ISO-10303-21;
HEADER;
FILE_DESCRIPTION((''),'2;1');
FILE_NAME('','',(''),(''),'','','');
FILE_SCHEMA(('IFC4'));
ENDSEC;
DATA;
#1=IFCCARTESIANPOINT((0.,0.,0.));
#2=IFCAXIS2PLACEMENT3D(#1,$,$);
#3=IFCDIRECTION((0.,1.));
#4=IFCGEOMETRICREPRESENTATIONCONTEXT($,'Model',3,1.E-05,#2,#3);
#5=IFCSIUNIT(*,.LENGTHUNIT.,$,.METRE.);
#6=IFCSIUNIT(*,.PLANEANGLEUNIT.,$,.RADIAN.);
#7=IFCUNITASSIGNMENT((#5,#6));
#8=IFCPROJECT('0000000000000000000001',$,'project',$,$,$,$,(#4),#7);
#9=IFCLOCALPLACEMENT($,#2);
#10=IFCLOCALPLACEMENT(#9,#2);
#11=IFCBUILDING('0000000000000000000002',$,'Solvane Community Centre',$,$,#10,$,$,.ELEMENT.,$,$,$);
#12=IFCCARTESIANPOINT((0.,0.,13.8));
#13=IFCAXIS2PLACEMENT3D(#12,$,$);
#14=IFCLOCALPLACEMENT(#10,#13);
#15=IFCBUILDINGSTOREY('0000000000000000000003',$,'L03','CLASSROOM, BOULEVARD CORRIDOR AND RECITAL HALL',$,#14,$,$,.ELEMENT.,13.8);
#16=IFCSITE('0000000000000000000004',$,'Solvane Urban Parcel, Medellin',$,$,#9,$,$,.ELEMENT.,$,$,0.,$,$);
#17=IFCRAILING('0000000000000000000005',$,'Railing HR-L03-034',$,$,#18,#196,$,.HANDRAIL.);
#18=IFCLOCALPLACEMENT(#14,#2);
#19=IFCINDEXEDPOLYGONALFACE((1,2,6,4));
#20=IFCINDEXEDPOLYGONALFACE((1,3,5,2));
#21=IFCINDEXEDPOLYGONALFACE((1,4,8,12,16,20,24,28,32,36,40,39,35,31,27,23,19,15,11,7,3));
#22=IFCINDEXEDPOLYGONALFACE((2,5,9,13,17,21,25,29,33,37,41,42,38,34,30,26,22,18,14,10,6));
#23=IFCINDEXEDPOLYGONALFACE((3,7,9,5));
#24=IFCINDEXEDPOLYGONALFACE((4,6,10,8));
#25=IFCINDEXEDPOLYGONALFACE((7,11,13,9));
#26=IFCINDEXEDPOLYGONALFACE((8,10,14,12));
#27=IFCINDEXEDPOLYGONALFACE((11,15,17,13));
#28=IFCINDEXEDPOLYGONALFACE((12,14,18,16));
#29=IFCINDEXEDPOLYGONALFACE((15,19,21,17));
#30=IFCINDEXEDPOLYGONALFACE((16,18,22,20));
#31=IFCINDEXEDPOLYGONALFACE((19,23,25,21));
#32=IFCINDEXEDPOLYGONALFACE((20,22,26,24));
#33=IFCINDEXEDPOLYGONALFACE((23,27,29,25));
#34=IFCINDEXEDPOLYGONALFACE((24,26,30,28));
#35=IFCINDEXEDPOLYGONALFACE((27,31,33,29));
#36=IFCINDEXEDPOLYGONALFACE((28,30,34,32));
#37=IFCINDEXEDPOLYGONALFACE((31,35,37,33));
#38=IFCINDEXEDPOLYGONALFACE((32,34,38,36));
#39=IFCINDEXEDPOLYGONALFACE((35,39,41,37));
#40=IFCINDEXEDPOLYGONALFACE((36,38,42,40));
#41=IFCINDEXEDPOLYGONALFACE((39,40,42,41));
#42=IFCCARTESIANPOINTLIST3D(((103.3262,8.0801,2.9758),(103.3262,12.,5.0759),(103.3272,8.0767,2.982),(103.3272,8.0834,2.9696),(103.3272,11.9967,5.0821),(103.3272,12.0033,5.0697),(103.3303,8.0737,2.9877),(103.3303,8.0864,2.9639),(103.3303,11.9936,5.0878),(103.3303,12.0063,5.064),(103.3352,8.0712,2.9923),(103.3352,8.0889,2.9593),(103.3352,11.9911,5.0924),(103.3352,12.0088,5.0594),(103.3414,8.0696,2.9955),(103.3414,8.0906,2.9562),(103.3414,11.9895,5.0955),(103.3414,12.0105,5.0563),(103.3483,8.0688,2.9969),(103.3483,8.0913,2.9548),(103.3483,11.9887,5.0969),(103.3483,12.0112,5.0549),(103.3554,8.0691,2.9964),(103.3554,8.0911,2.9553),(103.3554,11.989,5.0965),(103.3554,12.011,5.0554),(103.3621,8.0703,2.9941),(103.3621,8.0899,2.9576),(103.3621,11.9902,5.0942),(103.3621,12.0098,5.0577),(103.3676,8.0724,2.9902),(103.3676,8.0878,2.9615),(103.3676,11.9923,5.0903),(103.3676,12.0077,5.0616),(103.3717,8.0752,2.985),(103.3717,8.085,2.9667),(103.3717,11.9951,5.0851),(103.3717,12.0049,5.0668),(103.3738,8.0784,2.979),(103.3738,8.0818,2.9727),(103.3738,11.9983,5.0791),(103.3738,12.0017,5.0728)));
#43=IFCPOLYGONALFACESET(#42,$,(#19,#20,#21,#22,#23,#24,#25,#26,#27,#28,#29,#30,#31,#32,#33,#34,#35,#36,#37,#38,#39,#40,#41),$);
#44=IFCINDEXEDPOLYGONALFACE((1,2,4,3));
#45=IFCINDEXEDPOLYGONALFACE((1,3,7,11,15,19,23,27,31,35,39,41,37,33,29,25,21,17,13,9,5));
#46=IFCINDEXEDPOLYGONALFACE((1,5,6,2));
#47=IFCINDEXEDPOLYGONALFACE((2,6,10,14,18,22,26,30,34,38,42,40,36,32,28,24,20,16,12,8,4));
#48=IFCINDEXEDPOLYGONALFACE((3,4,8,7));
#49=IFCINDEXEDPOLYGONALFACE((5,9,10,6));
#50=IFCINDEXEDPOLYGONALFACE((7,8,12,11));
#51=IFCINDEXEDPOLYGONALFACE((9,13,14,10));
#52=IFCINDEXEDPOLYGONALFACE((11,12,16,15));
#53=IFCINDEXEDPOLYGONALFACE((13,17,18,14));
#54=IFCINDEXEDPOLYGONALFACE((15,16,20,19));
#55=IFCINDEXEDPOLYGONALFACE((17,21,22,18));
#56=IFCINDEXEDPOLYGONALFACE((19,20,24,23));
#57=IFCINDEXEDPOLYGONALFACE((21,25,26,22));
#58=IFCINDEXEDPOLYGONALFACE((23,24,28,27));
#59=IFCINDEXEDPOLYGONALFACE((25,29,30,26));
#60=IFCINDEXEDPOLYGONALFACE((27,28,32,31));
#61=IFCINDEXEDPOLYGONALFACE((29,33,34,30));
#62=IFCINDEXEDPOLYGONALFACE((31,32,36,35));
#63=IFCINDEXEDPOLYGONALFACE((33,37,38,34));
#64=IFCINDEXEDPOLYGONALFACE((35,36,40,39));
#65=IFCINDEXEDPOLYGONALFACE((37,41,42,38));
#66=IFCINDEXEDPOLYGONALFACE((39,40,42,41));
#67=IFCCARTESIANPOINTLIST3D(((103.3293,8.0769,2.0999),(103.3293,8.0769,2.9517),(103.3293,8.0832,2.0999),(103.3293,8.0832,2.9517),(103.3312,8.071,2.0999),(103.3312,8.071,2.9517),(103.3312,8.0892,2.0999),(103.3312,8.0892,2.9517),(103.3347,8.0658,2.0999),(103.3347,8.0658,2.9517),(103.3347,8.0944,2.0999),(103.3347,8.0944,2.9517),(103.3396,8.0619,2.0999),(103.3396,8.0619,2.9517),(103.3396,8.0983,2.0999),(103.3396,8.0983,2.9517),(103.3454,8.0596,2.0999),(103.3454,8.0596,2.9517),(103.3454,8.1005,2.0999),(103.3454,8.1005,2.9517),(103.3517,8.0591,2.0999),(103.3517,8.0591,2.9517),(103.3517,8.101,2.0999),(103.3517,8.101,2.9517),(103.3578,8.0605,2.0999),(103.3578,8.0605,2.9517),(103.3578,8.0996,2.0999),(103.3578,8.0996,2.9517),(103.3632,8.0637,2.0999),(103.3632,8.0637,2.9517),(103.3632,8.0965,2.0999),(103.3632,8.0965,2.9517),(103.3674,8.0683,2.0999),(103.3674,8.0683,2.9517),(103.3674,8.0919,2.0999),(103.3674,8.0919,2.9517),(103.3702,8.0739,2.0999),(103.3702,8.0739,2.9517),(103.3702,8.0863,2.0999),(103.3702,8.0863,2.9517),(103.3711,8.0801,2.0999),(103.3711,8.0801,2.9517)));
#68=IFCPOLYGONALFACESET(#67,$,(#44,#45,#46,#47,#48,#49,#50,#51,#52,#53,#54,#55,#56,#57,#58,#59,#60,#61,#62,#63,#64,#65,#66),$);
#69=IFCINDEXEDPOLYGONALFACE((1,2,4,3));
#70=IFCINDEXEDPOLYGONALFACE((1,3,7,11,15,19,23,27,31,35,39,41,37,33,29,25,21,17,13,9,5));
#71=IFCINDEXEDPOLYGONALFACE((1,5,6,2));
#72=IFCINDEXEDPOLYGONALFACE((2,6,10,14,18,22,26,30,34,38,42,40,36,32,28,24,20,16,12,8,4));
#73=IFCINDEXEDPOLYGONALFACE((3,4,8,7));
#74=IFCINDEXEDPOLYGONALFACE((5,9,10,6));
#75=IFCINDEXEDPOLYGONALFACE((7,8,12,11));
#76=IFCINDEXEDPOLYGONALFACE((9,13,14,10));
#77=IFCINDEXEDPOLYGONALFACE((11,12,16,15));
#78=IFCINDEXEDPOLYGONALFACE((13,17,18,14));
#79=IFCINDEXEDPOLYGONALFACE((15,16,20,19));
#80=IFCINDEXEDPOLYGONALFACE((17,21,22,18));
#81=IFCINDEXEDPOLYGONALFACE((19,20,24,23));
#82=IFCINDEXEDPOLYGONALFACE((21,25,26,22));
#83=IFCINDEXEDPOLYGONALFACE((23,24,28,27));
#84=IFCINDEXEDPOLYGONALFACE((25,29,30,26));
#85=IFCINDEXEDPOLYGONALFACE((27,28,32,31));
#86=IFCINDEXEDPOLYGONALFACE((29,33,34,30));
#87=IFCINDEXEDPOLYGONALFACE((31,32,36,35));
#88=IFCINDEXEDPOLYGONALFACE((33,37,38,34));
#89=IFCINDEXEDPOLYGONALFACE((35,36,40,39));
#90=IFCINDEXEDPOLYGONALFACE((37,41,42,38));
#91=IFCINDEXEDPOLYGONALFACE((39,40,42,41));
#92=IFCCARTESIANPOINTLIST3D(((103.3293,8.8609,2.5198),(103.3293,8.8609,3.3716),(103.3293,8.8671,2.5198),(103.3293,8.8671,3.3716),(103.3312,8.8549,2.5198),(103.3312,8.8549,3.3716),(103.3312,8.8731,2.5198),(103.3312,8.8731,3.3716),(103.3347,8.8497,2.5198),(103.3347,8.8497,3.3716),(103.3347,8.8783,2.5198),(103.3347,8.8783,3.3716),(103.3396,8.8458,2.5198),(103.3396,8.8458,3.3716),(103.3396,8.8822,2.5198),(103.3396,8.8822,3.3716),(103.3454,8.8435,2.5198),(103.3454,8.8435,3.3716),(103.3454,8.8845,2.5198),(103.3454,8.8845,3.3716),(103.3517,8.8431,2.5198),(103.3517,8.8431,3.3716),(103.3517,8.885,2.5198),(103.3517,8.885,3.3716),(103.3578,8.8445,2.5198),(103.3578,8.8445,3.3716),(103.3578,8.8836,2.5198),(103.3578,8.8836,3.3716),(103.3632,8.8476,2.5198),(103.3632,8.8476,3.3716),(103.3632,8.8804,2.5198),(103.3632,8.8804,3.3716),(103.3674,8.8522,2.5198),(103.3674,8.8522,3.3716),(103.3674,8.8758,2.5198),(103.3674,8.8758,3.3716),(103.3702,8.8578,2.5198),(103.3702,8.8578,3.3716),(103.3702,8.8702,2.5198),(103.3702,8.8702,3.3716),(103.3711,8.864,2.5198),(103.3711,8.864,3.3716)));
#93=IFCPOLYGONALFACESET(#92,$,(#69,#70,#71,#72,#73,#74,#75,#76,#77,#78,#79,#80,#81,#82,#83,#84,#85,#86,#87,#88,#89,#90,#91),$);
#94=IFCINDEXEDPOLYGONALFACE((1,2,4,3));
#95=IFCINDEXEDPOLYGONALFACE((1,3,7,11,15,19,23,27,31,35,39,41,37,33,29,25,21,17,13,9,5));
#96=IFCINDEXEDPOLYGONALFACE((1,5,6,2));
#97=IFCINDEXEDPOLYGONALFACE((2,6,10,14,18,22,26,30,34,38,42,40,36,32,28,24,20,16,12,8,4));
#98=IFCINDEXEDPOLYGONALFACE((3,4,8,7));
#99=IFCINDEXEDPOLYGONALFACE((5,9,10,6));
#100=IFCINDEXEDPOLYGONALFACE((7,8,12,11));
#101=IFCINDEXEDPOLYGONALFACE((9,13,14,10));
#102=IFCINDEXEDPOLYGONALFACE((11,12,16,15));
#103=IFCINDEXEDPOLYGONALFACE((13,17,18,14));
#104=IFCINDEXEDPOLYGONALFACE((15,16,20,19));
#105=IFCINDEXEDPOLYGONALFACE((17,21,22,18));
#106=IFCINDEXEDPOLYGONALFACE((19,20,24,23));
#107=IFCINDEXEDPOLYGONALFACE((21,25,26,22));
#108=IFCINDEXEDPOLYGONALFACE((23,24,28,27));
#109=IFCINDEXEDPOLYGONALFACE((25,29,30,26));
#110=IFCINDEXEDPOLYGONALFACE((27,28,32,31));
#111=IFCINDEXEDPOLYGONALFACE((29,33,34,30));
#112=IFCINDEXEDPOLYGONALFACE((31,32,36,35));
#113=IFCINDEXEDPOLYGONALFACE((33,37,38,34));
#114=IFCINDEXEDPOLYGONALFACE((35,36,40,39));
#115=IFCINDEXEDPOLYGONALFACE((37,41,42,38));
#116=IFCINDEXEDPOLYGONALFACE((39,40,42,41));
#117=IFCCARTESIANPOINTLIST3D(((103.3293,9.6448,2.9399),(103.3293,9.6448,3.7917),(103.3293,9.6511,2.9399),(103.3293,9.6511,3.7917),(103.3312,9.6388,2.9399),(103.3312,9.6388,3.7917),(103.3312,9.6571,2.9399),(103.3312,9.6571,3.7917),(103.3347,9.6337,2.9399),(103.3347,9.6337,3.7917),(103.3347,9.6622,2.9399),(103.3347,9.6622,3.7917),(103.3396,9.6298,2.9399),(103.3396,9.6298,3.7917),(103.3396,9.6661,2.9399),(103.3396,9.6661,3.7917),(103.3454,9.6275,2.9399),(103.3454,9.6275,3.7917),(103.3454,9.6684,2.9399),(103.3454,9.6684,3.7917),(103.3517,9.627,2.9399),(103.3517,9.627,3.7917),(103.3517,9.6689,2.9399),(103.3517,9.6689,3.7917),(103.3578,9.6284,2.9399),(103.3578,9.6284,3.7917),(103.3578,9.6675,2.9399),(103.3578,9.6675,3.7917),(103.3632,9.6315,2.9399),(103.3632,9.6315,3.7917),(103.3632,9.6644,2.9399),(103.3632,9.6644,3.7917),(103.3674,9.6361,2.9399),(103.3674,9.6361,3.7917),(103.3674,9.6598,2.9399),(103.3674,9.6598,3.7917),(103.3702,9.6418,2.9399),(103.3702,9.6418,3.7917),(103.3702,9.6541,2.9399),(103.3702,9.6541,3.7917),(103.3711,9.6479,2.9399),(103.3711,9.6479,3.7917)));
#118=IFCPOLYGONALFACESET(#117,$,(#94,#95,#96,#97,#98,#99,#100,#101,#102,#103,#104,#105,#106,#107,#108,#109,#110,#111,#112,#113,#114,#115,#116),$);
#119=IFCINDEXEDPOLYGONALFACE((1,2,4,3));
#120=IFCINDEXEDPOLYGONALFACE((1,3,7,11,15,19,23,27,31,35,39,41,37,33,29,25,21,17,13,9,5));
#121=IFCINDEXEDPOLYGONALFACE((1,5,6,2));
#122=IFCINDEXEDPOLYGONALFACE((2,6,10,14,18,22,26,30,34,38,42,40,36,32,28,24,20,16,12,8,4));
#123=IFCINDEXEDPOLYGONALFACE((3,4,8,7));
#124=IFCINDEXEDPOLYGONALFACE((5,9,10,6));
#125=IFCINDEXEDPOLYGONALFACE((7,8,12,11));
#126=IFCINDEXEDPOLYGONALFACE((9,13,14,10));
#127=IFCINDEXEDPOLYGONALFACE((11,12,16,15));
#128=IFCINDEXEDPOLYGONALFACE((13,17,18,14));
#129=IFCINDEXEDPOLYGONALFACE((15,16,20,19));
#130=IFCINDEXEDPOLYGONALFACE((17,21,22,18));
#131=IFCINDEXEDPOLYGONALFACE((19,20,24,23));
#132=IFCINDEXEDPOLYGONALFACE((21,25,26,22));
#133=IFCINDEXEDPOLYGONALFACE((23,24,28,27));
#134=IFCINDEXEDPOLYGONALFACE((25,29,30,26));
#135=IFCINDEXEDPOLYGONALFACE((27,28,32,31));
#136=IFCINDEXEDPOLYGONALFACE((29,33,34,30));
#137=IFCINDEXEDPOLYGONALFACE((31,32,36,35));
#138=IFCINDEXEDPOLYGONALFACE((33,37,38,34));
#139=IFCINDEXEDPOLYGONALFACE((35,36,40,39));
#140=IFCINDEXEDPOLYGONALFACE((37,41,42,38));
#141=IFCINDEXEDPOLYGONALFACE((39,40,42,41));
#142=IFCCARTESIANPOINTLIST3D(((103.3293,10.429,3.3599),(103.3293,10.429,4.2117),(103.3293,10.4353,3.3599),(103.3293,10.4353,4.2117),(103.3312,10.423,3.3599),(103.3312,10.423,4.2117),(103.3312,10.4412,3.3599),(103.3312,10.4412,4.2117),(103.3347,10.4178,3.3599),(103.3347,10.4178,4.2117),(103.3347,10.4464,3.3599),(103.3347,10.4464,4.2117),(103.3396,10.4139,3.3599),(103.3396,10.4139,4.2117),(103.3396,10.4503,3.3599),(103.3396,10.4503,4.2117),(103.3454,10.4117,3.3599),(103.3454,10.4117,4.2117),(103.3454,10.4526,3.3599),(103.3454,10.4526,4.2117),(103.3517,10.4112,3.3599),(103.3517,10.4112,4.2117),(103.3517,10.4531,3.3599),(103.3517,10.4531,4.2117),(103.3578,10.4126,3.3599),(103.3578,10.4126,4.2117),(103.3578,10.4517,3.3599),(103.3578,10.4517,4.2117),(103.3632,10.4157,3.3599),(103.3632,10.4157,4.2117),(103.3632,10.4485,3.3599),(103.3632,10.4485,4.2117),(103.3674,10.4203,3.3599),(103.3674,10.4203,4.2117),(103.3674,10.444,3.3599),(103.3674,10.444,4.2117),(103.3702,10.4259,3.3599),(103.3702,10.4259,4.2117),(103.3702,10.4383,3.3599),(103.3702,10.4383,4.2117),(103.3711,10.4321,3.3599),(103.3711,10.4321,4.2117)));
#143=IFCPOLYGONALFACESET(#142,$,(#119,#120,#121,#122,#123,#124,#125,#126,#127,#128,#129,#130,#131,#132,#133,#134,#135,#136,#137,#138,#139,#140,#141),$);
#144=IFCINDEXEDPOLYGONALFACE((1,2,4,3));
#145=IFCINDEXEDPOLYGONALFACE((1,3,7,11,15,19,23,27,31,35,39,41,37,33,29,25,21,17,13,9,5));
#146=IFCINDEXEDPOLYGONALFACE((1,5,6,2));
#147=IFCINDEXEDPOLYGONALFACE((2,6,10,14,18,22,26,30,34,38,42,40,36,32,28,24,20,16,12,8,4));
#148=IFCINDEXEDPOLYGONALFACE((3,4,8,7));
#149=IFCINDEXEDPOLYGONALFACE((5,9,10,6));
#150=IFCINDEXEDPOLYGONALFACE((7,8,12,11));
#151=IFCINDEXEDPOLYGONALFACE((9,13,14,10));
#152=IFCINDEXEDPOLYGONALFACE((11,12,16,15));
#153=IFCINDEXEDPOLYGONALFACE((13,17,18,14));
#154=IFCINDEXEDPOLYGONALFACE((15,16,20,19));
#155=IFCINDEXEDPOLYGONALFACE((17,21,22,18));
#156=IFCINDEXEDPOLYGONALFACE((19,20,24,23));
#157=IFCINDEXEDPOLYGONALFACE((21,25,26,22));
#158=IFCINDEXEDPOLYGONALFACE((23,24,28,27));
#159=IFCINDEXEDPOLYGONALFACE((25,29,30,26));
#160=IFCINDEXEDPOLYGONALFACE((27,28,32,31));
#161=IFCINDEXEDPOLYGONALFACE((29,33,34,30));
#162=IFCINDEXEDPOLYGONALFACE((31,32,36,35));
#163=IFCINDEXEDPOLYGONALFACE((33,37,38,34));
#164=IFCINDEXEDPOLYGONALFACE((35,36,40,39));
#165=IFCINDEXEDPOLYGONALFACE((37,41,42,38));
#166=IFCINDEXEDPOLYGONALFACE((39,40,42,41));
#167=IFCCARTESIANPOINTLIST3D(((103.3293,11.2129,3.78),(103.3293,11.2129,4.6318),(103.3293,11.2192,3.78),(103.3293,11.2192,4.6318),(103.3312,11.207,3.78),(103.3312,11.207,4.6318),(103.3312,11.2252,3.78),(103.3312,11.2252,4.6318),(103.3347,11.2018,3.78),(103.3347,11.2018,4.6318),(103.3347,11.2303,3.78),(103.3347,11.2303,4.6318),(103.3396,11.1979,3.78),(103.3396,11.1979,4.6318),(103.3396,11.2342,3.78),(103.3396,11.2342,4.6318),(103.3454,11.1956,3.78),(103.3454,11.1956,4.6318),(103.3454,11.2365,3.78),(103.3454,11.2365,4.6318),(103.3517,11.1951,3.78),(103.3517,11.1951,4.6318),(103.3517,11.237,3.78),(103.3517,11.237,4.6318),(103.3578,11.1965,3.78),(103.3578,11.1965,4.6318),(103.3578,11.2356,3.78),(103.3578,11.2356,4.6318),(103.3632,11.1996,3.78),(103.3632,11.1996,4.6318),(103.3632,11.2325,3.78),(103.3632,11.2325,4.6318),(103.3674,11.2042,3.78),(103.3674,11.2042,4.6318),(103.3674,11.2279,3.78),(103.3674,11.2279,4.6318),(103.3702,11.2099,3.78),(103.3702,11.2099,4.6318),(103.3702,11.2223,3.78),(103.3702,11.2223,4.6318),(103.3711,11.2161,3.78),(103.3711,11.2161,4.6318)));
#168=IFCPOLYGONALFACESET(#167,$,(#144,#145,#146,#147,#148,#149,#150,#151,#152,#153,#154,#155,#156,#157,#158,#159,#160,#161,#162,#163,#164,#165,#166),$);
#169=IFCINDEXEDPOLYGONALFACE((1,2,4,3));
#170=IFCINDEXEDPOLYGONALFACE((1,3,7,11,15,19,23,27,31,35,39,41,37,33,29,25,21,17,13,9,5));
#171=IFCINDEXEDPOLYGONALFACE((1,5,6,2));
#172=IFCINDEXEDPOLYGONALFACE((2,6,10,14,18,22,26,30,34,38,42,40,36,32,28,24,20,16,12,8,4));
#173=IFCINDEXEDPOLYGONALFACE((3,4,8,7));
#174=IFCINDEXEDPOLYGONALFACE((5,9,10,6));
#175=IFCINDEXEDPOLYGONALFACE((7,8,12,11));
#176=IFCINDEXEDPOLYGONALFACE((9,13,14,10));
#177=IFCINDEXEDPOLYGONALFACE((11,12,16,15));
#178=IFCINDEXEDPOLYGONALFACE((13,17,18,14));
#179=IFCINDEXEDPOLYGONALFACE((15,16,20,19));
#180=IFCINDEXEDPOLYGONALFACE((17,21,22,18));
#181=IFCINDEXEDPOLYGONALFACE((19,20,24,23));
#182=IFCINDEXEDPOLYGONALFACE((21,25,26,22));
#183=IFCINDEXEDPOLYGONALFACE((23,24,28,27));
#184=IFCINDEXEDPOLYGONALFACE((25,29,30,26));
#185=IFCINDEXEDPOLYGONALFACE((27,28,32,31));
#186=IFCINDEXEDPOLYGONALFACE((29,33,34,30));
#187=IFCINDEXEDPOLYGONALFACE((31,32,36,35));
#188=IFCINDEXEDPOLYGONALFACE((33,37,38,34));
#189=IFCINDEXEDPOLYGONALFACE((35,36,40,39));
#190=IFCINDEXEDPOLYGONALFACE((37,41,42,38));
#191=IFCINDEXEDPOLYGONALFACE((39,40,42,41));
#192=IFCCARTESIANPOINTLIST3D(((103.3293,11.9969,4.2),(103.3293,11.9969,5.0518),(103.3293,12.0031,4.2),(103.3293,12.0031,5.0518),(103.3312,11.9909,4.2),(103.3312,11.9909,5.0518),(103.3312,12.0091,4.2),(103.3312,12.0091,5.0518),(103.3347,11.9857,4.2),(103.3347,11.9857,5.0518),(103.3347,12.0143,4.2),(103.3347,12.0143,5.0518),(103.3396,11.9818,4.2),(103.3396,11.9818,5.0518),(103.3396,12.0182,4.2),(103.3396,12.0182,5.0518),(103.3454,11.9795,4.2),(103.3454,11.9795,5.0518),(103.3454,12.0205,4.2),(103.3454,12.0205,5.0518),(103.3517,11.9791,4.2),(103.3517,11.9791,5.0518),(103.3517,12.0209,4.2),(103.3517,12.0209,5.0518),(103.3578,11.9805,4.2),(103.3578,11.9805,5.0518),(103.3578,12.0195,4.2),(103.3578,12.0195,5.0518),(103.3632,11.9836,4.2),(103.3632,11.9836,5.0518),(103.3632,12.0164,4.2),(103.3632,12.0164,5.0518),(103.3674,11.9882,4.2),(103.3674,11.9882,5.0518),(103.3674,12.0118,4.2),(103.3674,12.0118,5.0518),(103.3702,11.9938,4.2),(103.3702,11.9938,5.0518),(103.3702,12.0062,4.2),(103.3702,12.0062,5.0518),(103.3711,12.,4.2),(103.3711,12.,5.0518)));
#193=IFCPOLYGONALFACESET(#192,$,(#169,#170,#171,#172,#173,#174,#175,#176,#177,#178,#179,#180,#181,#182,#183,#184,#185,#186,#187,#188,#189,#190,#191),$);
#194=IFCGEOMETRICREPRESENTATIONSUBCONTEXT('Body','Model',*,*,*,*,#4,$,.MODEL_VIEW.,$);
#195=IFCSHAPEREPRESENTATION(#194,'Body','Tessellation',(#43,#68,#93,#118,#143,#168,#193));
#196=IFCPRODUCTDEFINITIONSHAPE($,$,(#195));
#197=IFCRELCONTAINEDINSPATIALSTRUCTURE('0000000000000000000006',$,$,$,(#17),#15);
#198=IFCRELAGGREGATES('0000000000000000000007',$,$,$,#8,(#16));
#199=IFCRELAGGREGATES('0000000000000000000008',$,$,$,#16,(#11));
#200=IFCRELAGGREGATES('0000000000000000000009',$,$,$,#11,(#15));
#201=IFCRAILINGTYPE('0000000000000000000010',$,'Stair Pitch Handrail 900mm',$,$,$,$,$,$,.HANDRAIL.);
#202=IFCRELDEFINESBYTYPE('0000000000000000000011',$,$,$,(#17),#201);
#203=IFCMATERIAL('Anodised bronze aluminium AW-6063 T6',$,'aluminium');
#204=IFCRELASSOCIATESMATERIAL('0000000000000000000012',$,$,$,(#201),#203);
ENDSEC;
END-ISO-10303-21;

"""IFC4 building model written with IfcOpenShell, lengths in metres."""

from ifc_helpers import new_model, si_unit, direction, frame, origin, origin_2d, place, context, subcontext, project, spatial, circle, extrude, material, type_object, element, save


model = new_model("IFC4")

# Units and contexts
model_context = context("Model", 3, precision=1e-05, world=origin(), true_north=direction((0.0, 1.0)))
body_context = subcontext(model_context, "Body", "Model", "MODEL_VIEW")
ifc_project = project(units=[si_unit("LENGTHUNIT", "METRE"), si_unit("PLANEANGLEUNIT", "RADIAN")], contexts=[model_context])

# Site, building, storey
site_placement = place(None, origin())
site = spatial("IfcSite", under=ifc_project, at=site_placement, Name="Solvane Urban Parcel, Medellin", CompositionType="ELEMENT", RefElevation=0.0)
building_placement = place(site_placement, origin())
building = spatial("IfcBuilding", under=site, at=building_placement, Name="Solvane Community Centre", CompositionType="ELEMENT")
storey_placement = place(building_placement, frame((0.0, 0.0, 13.8)))
storey = spatial("IfcBuildingStorey", under=building, at=storey_placement, Name="L03", Description="CLASSROOM, BOULEVARD CORRIDOR AND RECITAL HALL", CompositionType="ELEMENT", Elevation=13.8)

# Shared definitions
ifc_material_1 = material(Name="Anodised bronze aluminium AW-6063 T6", Category="aluminium")

# Railing
railing_type_1 = type_object("IfcRailingType", Name="Stair Pitch Handrail 900mm", PredefinedType="HANDRAIL", material=ifc_material_1)
railing_1_placement = place(storey_placement, frame((103.3501, 8.0801, 2.0999)))
element("IfcRailing", 1, at=railing_1_placement, inside=storey, type_object=railing_type_1, Name="Railing HR-L03-034", PredefinedType="HANDRAIL", context=body_context, shape_type="SweptSolid", body=[
    extrude(circle(Radius=0.0239, at=origin_2d()), frame((0.0, 0.0, 0.876), z_axis=(0.0, 0.881467, 0.472246), x_axis=(-1.0, 0.0, 0.0)), (0.0, 0.0, 1.0), 4.447),
    extrude(circle(Radius=0.021, at=origin_2d()), origin(), (0.0, 0.0, 1.0), 0.8518),
    extrude(circle(Radius=0.021, at=origin_2d()), frame((0.0, 0.7839, 0.4199)), (0.0, 0.0, 1.0), 0.8518),
    extrude(circle(Radius=0.021, at=origin_2d()), frame((0.0, 1.5679, 0.8401)), (0.0, 0.0, 1.0), 0.8518),
    extrude(circle(Radius=0.021, at=origin_2d()), frame((0.0, 2.3521, 1.26)), (0.0, 0.0, 1.0), 0.8518),
    extrude(circle(Radius=0.021, at=origin_2d()), frame((0.0, 3.136, 1.6802)), (0.0, 0.0, 1.0), 0.8518),
    extrude(circle(Radius=0.021, at=origin_2d()), frame((0.0, 3.9199, 2.1001)), (0.0, 0.0, 1.0), 0.8518),
])

save(model, "model.ifc")
